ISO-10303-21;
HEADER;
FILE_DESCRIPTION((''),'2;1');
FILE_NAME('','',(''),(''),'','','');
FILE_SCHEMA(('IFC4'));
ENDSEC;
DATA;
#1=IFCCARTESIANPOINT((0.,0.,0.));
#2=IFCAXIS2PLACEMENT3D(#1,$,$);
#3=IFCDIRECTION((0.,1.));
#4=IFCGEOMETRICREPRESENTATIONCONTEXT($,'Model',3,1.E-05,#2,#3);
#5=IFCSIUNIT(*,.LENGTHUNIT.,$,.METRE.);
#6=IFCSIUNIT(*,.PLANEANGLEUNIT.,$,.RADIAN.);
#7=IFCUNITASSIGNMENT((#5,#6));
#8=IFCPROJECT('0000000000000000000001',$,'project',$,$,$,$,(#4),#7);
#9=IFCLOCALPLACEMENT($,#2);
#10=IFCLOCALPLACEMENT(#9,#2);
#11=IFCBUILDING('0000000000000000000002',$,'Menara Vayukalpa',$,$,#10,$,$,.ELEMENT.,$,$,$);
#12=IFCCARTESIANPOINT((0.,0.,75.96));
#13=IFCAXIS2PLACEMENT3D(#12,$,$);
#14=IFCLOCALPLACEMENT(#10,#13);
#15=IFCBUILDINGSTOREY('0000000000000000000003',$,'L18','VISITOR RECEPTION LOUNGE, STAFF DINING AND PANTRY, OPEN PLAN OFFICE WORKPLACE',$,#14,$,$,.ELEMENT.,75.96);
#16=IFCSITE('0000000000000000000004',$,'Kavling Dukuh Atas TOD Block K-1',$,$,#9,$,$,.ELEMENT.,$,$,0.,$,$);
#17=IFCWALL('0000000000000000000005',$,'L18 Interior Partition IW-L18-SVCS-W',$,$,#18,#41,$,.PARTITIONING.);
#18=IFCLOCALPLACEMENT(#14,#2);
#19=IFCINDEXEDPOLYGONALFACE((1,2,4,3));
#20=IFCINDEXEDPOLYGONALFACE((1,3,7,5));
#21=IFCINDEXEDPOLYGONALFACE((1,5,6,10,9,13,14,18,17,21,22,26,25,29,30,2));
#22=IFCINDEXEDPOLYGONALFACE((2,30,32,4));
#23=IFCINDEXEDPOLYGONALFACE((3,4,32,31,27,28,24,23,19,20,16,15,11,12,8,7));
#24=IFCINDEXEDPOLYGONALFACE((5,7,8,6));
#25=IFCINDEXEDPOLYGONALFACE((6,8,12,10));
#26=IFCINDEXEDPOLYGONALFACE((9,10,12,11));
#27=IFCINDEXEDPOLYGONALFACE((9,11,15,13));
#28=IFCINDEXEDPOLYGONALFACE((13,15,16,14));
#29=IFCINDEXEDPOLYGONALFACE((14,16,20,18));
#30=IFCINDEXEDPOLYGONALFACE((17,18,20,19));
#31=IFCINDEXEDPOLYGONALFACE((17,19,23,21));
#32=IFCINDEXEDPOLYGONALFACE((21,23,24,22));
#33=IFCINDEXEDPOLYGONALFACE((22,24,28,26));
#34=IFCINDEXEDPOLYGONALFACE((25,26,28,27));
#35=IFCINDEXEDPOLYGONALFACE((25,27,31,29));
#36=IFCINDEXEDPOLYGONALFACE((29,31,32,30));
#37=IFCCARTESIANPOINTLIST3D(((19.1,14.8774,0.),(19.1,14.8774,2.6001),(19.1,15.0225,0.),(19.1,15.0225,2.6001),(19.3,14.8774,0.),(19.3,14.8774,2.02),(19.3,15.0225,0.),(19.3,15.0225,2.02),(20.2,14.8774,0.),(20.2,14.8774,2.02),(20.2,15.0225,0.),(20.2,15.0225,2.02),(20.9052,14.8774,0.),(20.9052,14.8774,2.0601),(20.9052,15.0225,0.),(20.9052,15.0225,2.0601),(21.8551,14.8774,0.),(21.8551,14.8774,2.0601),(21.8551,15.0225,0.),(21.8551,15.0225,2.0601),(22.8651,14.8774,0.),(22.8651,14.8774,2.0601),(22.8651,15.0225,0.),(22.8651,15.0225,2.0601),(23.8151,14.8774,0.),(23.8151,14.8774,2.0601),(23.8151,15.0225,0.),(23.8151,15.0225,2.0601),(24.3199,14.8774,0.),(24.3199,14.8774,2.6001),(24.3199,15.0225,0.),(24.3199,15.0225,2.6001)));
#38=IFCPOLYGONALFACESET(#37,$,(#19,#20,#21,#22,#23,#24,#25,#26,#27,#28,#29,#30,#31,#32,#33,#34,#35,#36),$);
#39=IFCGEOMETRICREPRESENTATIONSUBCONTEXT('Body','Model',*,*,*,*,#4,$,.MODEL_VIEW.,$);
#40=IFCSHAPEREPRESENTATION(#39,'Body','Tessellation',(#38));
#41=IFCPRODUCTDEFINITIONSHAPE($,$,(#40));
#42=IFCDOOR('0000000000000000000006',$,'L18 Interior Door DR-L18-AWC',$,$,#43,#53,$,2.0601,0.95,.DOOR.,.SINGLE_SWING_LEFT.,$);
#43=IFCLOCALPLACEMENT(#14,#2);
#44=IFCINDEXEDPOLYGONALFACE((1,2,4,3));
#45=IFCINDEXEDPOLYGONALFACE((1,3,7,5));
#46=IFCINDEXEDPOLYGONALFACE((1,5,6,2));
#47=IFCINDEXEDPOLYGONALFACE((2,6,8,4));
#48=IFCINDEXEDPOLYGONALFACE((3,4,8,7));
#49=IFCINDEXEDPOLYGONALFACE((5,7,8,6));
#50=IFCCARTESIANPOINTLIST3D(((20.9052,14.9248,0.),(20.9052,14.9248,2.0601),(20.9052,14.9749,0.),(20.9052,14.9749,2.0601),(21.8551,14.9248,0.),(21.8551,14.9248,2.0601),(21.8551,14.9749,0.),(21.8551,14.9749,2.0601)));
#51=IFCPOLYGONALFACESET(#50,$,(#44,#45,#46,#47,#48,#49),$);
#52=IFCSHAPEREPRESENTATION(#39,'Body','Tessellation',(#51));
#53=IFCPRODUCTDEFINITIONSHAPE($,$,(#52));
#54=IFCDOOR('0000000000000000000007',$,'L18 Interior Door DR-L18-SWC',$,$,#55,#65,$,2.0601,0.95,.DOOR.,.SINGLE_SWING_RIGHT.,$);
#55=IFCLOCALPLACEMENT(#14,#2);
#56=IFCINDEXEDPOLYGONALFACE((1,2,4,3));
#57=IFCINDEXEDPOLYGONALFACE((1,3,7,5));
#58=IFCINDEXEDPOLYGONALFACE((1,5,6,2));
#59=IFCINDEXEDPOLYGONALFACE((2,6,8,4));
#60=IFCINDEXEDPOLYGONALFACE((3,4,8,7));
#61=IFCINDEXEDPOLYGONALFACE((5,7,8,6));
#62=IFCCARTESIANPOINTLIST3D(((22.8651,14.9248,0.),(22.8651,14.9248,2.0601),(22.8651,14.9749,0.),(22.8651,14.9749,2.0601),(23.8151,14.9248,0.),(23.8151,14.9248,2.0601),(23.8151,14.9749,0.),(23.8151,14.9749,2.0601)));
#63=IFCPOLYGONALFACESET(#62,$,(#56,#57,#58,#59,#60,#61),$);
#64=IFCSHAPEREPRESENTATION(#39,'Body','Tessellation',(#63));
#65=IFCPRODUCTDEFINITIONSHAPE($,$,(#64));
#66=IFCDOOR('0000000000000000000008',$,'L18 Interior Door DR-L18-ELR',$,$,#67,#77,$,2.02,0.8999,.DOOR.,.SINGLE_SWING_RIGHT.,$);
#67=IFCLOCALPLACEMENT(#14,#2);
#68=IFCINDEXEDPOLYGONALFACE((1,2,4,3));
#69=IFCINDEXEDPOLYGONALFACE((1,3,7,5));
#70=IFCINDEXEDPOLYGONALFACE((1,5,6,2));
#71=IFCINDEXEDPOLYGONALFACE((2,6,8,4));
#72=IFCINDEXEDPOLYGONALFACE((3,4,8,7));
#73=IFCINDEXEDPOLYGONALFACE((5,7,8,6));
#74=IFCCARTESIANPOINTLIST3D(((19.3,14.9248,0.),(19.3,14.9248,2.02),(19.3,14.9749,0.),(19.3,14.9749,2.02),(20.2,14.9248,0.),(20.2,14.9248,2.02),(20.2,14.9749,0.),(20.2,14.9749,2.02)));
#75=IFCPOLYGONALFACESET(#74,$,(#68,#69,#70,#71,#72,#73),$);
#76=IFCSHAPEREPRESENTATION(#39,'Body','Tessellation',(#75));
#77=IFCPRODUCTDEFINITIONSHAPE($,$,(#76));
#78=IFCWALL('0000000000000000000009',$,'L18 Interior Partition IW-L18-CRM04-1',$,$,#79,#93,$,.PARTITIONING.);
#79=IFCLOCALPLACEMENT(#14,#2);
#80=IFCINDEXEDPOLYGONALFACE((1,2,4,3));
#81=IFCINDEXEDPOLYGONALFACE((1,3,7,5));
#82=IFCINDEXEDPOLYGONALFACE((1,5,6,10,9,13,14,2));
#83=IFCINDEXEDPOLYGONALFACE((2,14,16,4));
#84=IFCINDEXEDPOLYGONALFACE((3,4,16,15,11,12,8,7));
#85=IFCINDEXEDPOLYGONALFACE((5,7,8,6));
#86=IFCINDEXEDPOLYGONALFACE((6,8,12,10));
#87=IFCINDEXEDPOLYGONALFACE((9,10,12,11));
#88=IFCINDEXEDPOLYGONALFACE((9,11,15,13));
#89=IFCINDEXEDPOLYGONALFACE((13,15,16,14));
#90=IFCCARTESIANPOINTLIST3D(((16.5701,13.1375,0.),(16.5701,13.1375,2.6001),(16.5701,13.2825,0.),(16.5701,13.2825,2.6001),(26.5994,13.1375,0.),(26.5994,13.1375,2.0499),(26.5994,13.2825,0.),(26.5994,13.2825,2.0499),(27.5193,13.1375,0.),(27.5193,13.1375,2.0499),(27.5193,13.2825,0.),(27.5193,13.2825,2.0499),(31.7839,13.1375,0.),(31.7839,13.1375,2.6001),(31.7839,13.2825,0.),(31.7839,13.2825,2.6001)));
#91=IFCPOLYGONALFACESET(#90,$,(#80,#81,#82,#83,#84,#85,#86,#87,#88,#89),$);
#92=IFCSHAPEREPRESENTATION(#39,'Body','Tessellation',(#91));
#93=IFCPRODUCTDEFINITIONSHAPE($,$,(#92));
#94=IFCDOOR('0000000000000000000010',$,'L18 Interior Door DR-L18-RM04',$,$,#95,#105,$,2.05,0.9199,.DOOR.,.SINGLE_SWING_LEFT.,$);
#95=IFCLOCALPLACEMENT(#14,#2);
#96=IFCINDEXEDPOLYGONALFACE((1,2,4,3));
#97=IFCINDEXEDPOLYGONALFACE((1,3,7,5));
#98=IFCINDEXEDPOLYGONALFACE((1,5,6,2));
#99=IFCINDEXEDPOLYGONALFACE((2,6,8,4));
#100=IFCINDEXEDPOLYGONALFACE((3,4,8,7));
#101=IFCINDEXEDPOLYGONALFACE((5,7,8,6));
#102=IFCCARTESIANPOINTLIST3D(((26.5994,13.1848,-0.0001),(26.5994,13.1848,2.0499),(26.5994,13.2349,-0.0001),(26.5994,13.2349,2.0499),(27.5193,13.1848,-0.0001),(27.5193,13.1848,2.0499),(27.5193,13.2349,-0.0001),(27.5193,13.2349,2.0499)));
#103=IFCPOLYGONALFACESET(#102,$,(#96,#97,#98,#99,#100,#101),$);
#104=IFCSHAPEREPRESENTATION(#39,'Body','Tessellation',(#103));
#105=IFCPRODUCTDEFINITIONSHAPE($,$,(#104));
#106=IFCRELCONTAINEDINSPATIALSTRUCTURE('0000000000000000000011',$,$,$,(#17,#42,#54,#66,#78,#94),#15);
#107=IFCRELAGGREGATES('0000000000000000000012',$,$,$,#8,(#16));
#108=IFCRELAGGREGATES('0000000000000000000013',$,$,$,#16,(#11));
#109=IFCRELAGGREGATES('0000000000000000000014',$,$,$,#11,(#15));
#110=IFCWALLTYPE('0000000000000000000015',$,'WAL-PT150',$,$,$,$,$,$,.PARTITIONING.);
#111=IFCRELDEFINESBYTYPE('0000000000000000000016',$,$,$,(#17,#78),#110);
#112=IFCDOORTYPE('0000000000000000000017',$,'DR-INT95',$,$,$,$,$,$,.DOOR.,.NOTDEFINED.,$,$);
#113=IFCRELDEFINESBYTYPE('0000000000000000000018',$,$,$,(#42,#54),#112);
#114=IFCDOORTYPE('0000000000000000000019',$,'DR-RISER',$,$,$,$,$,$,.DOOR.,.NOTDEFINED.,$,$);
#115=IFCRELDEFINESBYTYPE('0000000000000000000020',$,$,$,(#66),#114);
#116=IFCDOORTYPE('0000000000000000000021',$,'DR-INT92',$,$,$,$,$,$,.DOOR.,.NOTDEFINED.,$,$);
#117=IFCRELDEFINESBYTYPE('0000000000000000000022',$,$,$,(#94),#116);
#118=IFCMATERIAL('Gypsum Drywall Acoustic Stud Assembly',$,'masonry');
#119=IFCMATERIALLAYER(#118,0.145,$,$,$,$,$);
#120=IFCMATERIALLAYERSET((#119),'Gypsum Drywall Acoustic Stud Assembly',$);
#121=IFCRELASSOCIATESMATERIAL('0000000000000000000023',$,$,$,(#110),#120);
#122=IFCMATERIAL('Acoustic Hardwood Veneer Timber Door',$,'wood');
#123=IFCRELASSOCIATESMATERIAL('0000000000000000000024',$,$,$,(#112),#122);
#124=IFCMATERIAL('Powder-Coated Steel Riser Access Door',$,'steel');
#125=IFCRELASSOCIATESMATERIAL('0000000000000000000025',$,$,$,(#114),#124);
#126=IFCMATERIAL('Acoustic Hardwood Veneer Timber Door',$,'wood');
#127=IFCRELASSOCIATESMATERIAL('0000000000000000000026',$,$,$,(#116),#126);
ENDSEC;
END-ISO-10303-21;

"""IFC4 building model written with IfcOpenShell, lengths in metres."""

from ifc_helpers import new_model, si_unit, direction, frame, frame_2d, origin, place, context, subcontext, project, spatial, rectangle, extrude, material, layer, layer_set, type_object, element, fill, save


model = new_model("IFC4")

# Units and contexts
model_context = context("Model", 3, precision=1e-05, world=origin(), true_north=direction((0.0, 1.0)))
body_context = subcontext(model_context, "Body", "Model", "MODEL_VIEW")
ifc_project = project(units=[si_unit("LENGTHUNIT", "METRE"), si_unit("PLANEANGLEUNIT", "RADIAN")], contexts=[model_context])

# Site, building, storey
site_placement = place(None, origin())
site = spatial("IfcSite", under=ifc_project, at=site_placement, Name="Kavling Dukuh Atas TOD Block K-1", CompositionType="ELEMENT", RefElevation=0.0)
building_placement = place(site_placement, origin())
building = spatial("IfcBuilding", under=site, at=building_placement, Name="Menara Vayukalpa", CompositionType="ELEMENT")
storey_placement = place(building_placement, frame((0.0, 0.0, 75.96)))
storey = spatial("IfcBuildingStorey", under=building, at=storey_placement, Name="L18", Description="VISITOR RECEPTION LOUNGE, STAFF DINING AND PANTRY, OPEN PLAN OFFICE WORKPLACE", CompositionType="ELEMENT", Elevation=75.96)

# Wall, openings, doors
ifc_material_1 = material(Name="Gypsum Drywall Acoustic Stud Assembly", Category="masonry")
ifc_layer_1 = layer(ifc_material_1, 0.145)
ifc_layer_set_1 = layer_set([ifc_layer_1], Name="Gypsum Drywall Acoustic Stud Assembly")
wall_type_1 = type_object("IfcWallType", Name="WAL-PT150", PredefinedType="PARTITIONING", material=ifc_layer_set_1)
wall_1_placement = place(storey_placement, frame((19.1001, 14.95, 0.0), z_axis=(0.0, 0.0, 1.0), x_axis=(1.0, 0.0, 0.0)))
wall_1 = element("IfcWall", 1, at=wall_1_placement, inside=storey, type_object=wall_type_1, Name="L18 Interior Partition IW-L18-SVCS-W", PredefinedType="PARTITIONING", context=body_context, shape_type="SweptSolid", body=[
    extrude(rectangle(XDim=5.22, YDim=0.145, at=frame_2d((2.6099, 0.0))), origin(), (0.0, 0.0, 1.0), 2.6001),
])
opening_1_placement = place(wall_1_placement, frame((0.2, 0.0, 0.0)))
opening_1 = element("IfcOpeningElement", 2, at=opening_1_placement, cuts=wall_1, PredefinedType="OPENING", context=body_context, shape_type="SweptSolid", body=[
    extrude(rectangle(XDim=0.8999, YDim=2.02, at=frame_2d((0.45, 1.01))), frame((0.0, 0.0825, 0.0), z_axis=(0.0, -1.0, 0.0), x_axis=(1.0, 0.0, 0.0)), (0.0, 0.0, 1.0), 0.165),
])
opening_2_placement = place(wall_1_placement, frame((1.8049, 0.0, 0.0)))
opening_2 = element("IfcOpeningElement", 3, at=opening_2_placement, cuts=wall_1, PredefinedType="OPENING", context=body_context, shape_type="SweptSolid", body=[
    extrude(rectangle(XDim=0.95, YDim=2.0601, at=frame_2d((0.4751, 1.03))), frame((0.0, 0.0825, 0.0), z_axis=(0.0, -1.0, 0.0), x_axis=(1.0, 0.0, 0.0)), (0.0, 0.0, 1.0), 0.165),
])
opening_3_placement = place(wall_1_placement, frame((3.7649, 0.0, 0.0)))
opening_3 = element("IfcOpeningElement", 4, at=opening_3_placement, cuts=wall_1, PredefinedType="OPENING", context=body_context, shape_type="SweptSolid", body=[
    extrude(rectangle(XDim=0.95, YDim=2.0601, at=frame_2d((0.4751, 1.03))), frame((0.0, 0.0825, 0.0), z_axis=(0.0, -1.0, 0.0), x_axis=(1.0, 0.0, 0.0)), (0.0, 0.0, 1.0), 0.165),
])
ifc_material_2 = material(Name="Acoustic Hardwood Veneer Timber Door", Category="wood")
door_type_1 = type_object("IfcDoorType", Name="DR-INT95", OperationType="NOTDEFINED", PredefinedType="DOOR", material=ifc_material_2)
door_1_placement = place(opening_2_placement, origin())
door_1 = element("IfcDoor", 5, at=door_1_placement, inside=storey, type_object=door_type_1, Name="L18 Interior Door DR-L18-AWC", OperationType="SINGLE_SWING_LEFT", OverallHeight=2.0601, OverallWidth=0.95, PredefinedType="DOOR", context=body_context, shape_type="SweptSolid", body=[
    extrude(rectangle(XDim=0.95, YDim=2.0601, at=frame_2d((0.4751, 1.03))), frame((0.0, 0.0249, 0.0), z_axis=(0.0, -1.0, 0.0), x_axis=(1.0, 0.0, 0.0)), (0.0, 0.0, 1.0), 0.05),
])
fill(opening_2, door_1)
door_2_placement = place(opening_3_placement, origin())
door_2 = element("IfcDoor", 6, at=door_2_placement, inside=storey, type_object=door_type_1, Name="L18 Interior Door DR-L18-SWC", OperationType="SINGLE_SWING_RIGHT", OverallHeight=2.0601, OverallWidth=0.95, PredefinedType="DOOR", context=body_context, shape_type="SweptSolid", body=[
    extrude(rectangle(XDim=0.95, YDim=2.0601, at=frame_2d((0.4751, 1.03))), frame((0.0, 0.0249, 0.0), z_axis=(0.0, -1.0, 0.0), x_axis=(1.0, 0.0, 0.0)), (0.0, 0.0, 1.0), 0.05),
])
fill(opening_3, door_2)
ifc_material_3 = material(Name="Powder-Coated Steel Riser Access Door", Category="steel")
door_type_2 = type_object("IfcDoorType", Name="DR-RISER", OperationType="NOTDEFINED", PredefinedType="DOOR", material=ifc_material_3)
door_3_placement = place(opening_1_placement, origin())
door_3 = element("IfcDoor", 7, at=door_3_placement, inside=storey, type_object=door_type_2, Name="L18 Interior Door DR-L18-ELR", OperationType="SINGLE_SWING_RIGHT", OverallHeight=2.02, OverallWidth=0.8999, PredefinedType="DOOR", context=body_context, shape_type="SweptSolid", body=[
    extrude(rectangle(XDim=0.8999, YDim=2.02, at=frame_2d((0.45, 1.01))), frame((0.0, 0.0249, 0.0), z_axis=(0.0, -1.0, 0.0), x_axis=(1.0, 0.0, 0.0)), (0.0, 0.0, 1.0), 0.05),
])
fill(opening_1, door_3)

# Wall, opening, door
wall_2_placement = place(storey_placement, frame((16.5701, 13.21, 0.0), z_axis=(0.0, 0.0, 1.0), x_axis=(1.0, 0.0, 0.0)))
wall_2 = element("IfcWall", 8, at=wall_2_placement, inside=storey, type_object=wall_type_1, Name="L18 Interior Partition IW-L18-CRM04-1", PredefinedType="PARTITIONING", context=body_context, shape_type="SweptSolid", body=[
    extrude(rectangle(XDim=15.2139, YDim=0.145, at=frame_2d((7.6069, 0.0))), origin(), (0.0, 0.0, 1.0), 2.6001),
])
opening_4_placement = place(wall_2_placement, frame((10.0293, 0.0, 0.0)))
opening_4 = element("IfcOpeningElement", 9, at=opening_4_placement, cuts=wall_2, PredefinedType="OPENING", context=body_context, shape_type="SweptSolid", body=[
    extrude(rectangle(XDim=0.9199, YDim=2.05, at=frame_2d((0.46, 1.0249))), frame((0.0, 0.0825, 0.0), z_axis=(0.0, -1.0, 0.0), x_axis=(1.0, 0.0, 0.0)), (0.0, 0.0, 1.0), 0.165),
])
ifc_material_4 = material(Name="Acoustic Hardwood Veneer Timber Door", Category="wood")
door_type_3 = type_object("IfcDoorType", Name="DR-INT92", OperationType="NOTDEFINED", PredefinedType="DOOR", material=ifc_material_4)
door_4_placement = place(opening_4_placement, origin())
door_4 = element("IfcDoor", 10, at=door_4_placement, inside=storey, type_object=door_type_3, Name="L18 Interior Door DR-L18-RM04", OperationType="SINGLE_SWING_LEFT", OverallHeight=2.05, OverallWidth=0.9199, PredefinedType="DOOR", context=body_context, shape_type="SweptSolid", body=[
    extrude(rectangle(XDim=0.9199, YDim=2.05, at=frame_2d((0.46, 1.0249))), frame((0.0, 0.0249, 0.0), z_axis=(0.0, -1.0, 0.0), x_axis=(1.0, 0.0, 0.0)), (0.0, 0.0, 1.0), 0.05),
])
fill(opening_4, door_4)

save(model, "model.ifc")
